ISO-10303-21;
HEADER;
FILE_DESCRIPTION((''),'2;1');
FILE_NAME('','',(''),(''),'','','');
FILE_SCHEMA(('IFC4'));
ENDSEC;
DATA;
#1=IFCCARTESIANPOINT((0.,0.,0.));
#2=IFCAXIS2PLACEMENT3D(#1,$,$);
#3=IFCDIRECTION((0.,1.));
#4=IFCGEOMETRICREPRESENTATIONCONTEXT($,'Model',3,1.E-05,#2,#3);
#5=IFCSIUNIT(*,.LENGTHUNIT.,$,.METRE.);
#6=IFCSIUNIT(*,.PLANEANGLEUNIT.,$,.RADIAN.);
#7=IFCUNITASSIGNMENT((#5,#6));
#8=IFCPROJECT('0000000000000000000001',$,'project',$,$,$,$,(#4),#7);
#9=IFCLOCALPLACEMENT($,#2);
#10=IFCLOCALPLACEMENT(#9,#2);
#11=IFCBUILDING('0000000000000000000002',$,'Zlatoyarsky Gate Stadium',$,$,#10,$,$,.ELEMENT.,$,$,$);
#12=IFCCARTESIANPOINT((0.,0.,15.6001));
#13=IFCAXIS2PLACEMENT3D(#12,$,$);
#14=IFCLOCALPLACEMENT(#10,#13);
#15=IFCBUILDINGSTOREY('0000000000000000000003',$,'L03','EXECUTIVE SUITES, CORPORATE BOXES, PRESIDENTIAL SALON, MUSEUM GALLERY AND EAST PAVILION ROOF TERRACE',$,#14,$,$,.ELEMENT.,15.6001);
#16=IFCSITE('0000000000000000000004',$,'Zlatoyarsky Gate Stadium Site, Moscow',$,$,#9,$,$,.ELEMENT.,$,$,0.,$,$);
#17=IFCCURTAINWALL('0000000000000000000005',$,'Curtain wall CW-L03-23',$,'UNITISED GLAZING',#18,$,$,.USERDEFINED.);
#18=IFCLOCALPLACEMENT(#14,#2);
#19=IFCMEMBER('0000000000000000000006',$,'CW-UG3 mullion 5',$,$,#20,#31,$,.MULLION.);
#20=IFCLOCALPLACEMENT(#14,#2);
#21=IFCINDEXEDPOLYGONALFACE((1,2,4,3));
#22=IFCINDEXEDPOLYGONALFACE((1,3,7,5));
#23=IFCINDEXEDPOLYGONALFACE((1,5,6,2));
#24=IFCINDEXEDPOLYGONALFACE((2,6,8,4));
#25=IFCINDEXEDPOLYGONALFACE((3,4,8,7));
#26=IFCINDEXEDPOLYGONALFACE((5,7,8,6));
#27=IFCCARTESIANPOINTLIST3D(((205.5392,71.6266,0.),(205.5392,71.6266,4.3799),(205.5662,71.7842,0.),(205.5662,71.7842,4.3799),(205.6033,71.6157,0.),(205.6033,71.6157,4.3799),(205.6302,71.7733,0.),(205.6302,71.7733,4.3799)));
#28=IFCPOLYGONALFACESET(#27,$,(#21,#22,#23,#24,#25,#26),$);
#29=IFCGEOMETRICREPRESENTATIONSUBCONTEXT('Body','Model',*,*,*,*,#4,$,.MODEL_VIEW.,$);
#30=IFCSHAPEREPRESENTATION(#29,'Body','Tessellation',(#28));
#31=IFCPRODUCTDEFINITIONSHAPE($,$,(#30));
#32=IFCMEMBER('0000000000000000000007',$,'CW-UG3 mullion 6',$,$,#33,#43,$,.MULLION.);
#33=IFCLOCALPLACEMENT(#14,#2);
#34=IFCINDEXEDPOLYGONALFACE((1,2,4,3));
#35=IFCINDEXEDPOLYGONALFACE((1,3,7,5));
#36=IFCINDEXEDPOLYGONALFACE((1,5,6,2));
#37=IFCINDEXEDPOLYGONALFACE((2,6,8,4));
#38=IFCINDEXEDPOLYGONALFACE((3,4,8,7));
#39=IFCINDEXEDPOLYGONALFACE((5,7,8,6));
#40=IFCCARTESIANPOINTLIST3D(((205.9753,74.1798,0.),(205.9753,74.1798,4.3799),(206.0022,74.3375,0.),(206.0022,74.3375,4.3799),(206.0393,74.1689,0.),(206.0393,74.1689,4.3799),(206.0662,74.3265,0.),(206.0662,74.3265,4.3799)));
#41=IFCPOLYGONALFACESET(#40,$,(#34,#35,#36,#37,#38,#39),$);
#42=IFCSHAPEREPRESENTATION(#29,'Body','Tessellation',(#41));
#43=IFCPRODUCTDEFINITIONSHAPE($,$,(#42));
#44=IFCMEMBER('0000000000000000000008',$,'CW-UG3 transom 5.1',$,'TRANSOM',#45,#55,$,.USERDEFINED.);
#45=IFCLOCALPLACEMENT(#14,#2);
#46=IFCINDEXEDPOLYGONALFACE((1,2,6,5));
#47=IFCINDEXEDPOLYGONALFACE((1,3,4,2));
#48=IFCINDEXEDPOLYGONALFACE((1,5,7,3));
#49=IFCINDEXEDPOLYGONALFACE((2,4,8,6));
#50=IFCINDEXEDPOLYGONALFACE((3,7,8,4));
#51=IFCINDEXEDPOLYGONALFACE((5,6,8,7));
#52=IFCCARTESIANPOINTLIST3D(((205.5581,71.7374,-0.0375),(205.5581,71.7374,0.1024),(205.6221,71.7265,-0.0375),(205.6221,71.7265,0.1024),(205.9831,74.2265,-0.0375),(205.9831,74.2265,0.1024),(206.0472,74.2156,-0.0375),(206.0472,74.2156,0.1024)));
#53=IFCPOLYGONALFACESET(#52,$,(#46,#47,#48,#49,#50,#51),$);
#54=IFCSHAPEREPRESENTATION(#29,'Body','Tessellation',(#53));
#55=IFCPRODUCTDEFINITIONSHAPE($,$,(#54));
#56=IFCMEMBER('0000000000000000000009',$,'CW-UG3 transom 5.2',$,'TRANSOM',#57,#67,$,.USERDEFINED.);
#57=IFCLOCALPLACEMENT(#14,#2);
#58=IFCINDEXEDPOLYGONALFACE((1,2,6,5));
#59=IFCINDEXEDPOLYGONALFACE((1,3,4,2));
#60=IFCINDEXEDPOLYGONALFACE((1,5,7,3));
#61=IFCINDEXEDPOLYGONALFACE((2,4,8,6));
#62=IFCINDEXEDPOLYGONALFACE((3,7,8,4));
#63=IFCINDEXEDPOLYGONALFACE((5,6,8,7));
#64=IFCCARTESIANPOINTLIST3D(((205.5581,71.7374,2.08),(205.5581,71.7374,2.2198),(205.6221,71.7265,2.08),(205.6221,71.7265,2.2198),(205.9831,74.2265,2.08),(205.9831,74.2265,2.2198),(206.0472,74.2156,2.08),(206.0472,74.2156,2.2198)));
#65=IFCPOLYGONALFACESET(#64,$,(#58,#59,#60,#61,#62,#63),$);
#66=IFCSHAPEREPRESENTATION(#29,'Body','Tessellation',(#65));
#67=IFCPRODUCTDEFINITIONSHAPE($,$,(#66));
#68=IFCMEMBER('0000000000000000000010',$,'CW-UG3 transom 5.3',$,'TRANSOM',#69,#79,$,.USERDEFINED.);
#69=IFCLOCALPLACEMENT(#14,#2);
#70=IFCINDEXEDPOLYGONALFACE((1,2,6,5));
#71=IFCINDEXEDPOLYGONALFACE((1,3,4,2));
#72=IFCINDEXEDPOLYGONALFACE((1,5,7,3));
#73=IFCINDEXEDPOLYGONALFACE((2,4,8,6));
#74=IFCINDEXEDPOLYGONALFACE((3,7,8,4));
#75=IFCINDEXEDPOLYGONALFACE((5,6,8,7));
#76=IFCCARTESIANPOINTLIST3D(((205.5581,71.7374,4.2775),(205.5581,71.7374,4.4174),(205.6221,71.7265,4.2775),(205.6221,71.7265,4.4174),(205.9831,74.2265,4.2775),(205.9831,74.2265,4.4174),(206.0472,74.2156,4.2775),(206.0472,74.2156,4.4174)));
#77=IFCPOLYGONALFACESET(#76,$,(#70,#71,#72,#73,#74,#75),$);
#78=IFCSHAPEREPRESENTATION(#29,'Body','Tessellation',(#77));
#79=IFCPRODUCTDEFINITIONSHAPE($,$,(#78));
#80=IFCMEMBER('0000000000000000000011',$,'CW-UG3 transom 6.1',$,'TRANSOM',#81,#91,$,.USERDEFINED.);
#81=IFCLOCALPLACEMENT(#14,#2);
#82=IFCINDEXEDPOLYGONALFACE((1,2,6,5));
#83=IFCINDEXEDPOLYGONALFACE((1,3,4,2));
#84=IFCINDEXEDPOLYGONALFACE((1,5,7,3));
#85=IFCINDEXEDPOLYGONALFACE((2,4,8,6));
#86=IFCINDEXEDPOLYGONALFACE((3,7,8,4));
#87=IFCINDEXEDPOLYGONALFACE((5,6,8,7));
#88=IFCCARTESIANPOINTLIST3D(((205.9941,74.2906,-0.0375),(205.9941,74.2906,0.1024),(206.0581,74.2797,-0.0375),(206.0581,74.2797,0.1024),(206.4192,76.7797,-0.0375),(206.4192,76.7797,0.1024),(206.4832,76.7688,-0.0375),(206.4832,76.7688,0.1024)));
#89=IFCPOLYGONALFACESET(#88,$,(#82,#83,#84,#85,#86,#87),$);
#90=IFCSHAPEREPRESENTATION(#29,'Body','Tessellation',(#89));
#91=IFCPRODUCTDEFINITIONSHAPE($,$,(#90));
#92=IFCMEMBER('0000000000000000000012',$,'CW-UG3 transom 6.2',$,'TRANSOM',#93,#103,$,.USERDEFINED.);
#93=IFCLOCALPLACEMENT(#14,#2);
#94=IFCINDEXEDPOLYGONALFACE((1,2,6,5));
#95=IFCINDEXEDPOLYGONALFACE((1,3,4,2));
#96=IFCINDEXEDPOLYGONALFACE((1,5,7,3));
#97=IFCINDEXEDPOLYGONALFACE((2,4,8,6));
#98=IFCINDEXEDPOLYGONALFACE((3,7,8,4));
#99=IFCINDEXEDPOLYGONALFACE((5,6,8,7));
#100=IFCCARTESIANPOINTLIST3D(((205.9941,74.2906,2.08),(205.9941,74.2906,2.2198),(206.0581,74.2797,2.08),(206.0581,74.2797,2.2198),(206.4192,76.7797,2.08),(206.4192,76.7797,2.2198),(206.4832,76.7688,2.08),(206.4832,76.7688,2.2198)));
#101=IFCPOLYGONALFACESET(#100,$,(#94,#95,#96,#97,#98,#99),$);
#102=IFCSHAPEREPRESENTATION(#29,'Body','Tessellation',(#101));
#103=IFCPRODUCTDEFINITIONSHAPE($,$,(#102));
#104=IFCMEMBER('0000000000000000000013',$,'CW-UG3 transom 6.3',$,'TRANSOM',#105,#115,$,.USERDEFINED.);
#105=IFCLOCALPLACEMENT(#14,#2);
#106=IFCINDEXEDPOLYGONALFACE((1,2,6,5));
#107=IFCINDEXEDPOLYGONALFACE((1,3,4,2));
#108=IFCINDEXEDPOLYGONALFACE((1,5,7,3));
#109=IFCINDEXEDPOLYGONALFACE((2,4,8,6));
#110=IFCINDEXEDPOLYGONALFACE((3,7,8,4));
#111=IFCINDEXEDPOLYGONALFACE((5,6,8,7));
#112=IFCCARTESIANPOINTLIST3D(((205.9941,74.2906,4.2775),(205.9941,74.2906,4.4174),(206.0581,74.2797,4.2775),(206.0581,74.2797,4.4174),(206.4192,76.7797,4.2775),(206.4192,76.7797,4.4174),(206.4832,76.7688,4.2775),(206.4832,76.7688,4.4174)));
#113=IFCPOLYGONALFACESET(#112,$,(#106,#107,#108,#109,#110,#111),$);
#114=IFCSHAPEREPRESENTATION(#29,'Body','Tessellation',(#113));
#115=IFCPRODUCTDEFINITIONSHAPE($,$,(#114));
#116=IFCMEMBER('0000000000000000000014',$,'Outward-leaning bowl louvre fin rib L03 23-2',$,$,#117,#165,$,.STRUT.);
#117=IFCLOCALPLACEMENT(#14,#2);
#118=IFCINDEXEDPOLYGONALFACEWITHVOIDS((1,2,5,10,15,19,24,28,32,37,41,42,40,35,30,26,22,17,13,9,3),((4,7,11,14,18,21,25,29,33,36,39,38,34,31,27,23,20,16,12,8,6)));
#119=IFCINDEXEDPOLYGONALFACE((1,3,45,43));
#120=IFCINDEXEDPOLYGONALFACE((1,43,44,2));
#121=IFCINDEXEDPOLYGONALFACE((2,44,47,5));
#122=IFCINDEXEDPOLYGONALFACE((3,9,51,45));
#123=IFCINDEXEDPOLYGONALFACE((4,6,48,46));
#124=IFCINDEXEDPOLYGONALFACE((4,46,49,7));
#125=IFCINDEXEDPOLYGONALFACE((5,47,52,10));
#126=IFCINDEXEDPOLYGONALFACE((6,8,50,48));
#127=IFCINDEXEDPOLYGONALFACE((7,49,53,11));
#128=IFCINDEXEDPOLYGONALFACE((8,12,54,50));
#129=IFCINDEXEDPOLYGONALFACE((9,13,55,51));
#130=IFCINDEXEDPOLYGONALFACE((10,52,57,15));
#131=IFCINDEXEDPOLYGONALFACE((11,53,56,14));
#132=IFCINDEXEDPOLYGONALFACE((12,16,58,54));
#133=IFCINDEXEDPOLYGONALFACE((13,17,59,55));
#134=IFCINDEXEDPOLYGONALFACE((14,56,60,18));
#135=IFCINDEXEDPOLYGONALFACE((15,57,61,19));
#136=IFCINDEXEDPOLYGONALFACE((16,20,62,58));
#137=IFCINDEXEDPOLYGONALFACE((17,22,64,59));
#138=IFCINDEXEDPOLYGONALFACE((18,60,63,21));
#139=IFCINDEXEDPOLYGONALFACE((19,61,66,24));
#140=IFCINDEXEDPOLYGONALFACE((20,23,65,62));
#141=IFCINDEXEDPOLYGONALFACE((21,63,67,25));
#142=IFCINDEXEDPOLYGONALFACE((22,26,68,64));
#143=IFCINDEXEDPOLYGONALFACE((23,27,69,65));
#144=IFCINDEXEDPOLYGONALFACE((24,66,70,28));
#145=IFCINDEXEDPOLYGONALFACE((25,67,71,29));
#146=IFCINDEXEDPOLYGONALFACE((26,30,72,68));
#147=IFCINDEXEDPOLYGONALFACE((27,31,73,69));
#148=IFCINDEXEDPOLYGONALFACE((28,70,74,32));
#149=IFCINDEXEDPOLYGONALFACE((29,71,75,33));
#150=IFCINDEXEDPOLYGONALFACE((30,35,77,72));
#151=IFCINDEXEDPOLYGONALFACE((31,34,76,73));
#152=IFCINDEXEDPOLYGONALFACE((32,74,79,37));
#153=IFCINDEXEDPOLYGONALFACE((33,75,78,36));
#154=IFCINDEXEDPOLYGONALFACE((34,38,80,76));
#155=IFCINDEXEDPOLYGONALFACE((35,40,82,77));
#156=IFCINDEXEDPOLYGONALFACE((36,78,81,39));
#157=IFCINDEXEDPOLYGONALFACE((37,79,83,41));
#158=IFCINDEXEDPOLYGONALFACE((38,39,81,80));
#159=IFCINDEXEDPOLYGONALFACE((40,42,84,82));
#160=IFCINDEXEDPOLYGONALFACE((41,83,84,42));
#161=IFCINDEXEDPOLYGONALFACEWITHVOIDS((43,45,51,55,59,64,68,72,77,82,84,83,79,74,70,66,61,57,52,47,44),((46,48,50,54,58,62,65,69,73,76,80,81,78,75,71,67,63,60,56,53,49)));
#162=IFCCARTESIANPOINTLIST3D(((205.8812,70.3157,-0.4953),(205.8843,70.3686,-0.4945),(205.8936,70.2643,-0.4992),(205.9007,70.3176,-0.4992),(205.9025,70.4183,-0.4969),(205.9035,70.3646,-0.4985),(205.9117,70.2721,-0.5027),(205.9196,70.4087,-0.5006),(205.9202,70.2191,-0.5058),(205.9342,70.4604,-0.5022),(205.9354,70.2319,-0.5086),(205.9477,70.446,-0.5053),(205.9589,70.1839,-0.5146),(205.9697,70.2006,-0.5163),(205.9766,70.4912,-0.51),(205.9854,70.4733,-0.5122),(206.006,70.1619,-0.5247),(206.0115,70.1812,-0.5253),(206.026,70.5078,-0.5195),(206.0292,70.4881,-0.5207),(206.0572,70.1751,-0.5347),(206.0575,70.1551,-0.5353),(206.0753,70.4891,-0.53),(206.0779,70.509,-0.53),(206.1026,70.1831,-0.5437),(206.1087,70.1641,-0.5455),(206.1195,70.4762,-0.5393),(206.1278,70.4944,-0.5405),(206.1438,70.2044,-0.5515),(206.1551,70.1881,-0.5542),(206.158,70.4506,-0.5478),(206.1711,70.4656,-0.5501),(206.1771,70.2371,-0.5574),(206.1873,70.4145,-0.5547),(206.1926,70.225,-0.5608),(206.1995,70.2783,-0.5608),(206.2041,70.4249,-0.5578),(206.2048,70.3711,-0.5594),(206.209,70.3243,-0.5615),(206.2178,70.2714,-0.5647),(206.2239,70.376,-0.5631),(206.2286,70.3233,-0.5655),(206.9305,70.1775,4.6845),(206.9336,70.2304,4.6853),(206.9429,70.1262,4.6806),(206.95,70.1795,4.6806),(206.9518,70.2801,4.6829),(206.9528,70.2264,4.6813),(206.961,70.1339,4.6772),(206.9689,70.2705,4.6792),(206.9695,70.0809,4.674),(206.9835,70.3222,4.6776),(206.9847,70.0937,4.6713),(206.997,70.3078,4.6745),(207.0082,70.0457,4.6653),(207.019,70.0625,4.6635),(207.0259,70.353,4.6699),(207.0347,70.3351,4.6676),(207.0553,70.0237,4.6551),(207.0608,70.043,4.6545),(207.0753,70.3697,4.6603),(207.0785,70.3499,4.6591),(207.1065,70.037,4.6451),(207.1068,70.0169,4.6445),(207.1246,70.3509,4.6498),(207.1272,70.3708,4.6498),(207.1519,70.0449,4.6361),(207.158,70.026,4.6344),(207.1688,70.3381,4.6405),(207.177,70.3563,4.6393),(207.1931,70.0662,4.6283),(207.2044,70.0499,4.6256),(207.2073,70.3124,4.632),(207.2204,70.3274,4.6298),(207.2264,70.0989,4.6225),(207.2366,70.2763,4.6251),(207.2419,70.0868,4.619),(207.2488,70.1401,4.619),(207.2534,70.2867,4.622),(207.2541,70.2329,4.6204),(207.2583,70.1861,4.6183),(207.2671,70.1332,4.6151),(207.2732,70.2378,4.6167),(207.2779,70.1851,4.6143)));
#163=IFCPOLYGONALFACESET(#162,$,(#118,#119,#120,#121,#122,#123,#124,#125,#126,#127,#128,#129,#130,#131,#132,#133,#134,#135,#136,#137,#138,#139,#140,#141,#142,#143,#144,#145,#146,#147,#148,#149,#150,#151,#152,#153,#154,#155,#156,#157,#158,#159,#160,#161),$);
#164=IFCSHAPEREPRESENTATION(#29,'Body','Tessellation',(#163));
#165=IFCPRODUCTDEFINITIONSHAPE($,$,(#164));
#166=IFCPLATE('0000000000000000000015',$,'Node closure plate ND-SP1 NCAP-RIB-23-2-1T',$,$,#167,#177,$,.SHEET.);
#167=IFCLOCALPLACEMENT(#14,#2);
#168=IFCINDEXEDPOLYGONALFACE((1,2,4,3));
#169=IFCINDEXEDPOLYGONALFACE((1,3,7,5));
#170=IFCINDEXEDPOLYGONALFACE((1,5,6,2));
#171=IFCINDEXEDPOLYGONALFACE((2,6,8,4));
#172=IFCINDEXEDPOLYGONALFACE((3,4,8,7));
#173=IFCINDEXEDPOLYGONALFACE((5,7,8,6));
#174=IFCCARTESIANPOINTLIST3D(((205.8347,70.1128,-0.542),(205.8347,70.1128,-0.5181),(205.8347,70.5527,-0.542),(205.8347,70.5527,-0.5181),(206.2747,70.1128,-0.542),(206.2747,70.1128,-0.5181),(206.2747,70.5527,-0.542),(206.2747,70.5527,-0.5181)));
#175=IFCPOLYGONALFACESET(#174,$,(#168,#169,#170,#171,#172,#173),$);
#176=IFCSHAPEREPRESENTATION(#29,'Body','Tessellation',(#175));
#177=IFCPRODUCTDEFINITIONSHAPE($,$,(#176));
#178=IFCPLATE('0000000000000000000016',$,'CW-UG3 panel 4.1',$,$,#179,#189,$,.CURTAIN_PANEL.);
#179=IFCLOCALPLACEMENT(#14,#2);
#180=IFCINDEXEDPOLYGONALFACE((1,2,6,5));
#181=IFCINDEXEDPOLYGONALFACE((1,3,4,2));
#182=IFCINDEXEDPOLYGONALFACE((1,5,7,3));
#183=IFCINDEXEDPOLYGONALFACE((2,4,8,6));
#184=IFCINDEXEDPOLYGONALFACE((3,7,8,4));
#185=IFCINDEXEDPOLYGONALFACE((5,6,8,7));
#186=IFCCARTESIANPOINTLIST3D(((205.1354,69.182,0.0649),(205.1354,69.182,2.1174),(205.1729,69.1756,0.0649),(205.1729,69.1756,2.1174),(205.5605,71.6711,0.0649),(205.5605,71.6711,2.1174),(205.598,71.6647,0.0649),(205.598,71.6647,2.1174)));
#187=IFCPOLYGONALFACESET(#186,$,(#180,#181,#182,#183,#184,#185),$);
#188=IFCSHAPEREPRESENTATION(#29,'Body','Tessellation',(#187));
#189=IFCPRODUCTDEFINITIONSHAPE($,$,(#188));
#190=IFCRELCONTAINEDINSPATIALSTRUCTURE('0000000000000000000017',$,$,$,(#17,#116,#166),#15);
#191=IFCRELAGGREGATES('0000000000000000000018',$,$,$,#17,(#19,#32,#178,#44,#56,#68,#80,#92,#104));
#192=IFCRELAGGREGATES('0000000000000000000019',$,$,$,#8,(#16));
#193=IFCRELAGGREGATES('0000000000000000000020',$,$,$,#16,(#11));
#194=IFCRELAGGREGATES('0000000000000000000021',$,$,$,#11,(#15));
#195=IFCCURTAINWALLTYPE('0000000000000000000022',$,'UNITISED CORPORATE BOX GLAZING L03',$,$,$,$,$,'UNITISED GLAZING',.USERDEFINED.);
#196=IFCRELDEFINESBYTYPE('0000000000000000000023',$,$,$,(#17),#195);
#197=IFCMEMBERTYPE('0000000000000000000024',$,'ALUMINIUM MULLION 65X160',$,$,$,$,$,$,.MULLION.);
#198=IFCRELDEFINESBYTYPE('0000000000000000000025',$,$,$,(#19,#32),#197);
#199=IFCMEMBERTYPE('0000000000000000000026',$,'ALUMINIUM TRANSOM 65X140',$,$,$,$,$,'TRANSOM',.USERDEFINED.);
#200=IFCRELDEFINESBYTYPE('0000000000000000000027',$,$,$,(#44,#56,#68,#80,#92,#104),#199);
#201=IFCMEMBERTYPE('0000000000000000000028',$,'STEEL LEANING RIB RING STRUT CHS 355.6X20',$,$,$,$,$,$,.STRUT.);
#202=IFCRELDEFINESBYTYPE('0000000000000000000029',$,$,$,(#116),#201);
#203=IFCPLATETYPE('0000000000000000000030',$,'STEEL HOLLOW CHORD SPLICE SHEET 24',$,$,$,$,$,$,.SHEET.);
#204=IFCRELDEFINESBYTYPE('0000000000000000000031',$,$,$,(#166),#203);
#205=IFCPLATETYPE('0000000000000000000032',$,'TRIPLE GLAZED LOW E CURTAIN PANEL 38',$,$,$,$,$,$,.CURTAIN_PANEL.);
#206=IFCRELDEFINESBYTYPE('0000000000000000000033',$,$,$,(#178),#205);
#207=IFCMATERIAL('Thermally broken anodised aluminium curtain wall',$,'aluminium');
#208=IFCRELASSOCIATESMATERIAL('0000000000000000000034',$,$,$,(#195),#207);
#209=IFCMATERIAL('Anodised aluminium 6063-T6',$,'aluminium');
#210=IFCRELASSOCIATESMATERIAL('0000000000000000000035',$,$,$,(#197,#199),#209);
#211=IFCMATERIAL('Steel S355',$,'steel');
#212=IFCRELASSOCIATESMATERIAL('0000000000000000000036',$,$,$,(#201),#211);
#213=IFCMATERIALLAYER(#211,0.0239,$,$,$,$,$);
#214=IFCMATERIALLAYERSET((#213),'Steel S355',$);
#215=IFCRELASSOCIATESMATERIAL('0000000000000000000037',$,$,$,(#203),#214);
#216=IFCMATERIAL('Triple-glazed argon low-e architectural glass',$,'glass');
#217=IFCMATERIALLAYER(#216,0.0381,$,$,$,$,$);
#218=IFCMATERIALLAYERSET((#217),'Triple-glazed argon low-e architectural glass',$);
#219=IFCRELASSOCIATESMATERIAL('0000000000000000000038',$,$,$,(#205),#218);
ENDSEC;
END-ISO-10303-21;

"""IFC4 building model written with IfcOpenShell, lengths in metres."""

from ifc_helpers import new_model, si_unit, direction, frame, origin, origin_2d, place, context, subcontext, project, spatial, rectangle, hollow_circle, extrude, material, layer, layer_set, material_profile, profile_set, type_object, element, aggregate, save


model = new_model("IFC4")

# Units and contexts
model_context = context("Model", 3, precision=1e-05, world=origin(), true_north=direction((0.0, 1.0)))
body_context = subcontext(model_context, "Body", "Model", "MODEL_VIEW")
ifc_project = project(units=[si_unit("LENGTHUNIT", "METRE"), si_unit("PLANEANGLEUNIT", "RADIAN")], contexts=[model_context])

# Site, building, storey
site_placement = place(None, origin())
site = spatial("IfcSite", under=ifc_project, at=site_placement, Name="Zlatoyarsky Gate Stadium Site, Moscow", CompositionType="ELEMENT", RefElevation=0.0)
building_placement = place(site_placement, origin())
building = spatial("IfcBuilding", under=site, at=building_placement, Name="Zlatoyarsky Gate Stadium", CompositionType="ELEMENT")
storey_placement = place(building_placement, frame((0.0, 0.0, 15.6001)))
storey = spatial("IfcBuildingStorey", under=building, at=storey_placement, Name="L03", Description="EXECUTIVE SUITES, CORPORATE BOXES, PRESIDENTIAL SALON, MUSEUM GALLERY AND EAST PAVILION ROOF TERRACE", CompositionType="ELEMENT", Elevation=15.6001)

# Curtain wall, members
ifc_material_1 = material(Name="Thermally broken anodised aluminium curtain wall", Category="aluminium")
curtain_wall_type = type_object("IfcCurtainWallType", Name="UNITISED CORPORATE BOX GLAZING L03", ElementType="UNITISED GLAZING", PredefinedType="USERDEFINED", material=ifc_material_1)
curtain_wall_placement = place(storey_placement, origin())
curtain_wall = element("IfcCurtainWall", 1, at=curtain_wall_placement, inside=storey, type_object=curtain_wall_type, Name="Curtain wall CW-L03-23", ObjectType="UNITISED GLAZING", PredefinedType="USERDEFINED")
ifc_material_2 = material(Name="Anodised aluminium 6063-T6", Category="aluminium")
ifc_material_profile_1 = material_profile(ifc_material_2, rectangle(XDim=0.0649, YDim=0.1599, at=origin_2d()), Name="ALU 65X160")
ifc_profile_set_1 = profile_set([ifc_material_profile_1], Name="Anodised aluminium 6063-T6")
member_type_1 = type_object("IfcMemberType", Name="ALUMINIUM MULLION 65X160", PredefinedType="MULLION", material=ifc_profile_set_1)
member_1_placement = place(storey_placement, frame((205.5847, 71.7, 0.0), z_axis=(0.0, 0.0, 1.0), x_axis=(-0.985726, 0.168356, 0.0)))
member_1 = element("IfcMember", 2, at=member_1_placement, type_object=member_type_1, Name="CW-UG3 mullion 5", PredefinedType="MULLION", context=body_context, shape_type="SweptSolid", body=[
    extrude(rectangle(XDim=0.0649, YDim=0.1599, at=origin_2d()), origin(), (0.0, 0.0, 1.0), 4.3799),
])
member_2_placement = place(storey_placement, frame((206.0208, 74.2532, 0.0), z_axis=(0.0, 0.0, 1.0), x_axis=(-0.985726, 0.168356, 0.0)))
member_2 = element("IfcMember", 3, at=member_2_placement, type_object=member_type_1, Name="CW-UG3 mullion 6", PredefinedType="MULLION", context=body_context, shape_type="SweptSolid", body=[
    extrude(rectangle(XDim=0.0649, YDim=0.1599, at=origin_2d()), origin(), (0.0, 0.0, 1.0), 4.3799),
])
ifc_material_profile_2 = material_profile(ifc_material_2, rectangle(XDim=0.0649, YDim=0.1399, at=origin_2d()), Name="ALU 65X140")
ifc_profile_set_2 = profile_set([ifc_material_profile_2], Name="Anodised aluminium 6063-T6")
member_type_2 = type_object("IfcMemberType", Name="ALUMINIUM TRANSOM 65X140", ElementType="TRANSOM", PredefinedType="USERDEFINED", material=ifc_profile_set_2)
member_3_placement = place(storey_placement, frame((205.5901, 71.7319, 0.0325), z_axis=(0.168333, 0.98573, 0.0), x_axis=(-0.98573, 0.168333, 0.0)))
member_3 = element("IfcMember", 4, at=member_3_placement, type_object=member_type_2, Name="CW-UG3 transom 5.1", ObjectType="TRANSOM", PredefinedType="USERDEFINED", context=body_context, shape_type="SweptSolid", body=[
    extrude(rectangle(XDim=0.0649, YDim=0.1399, at=origin_2d()), origin(), (0.0, 0.0, 1.0), 2.5251),
])
member_4_placement = place(storey_placement, frame((205.5901, 71.7319, 2.1499), z_axis=(0.168333, 0.98573, 0.0), x_axis=(-0.98573, 0.168333, 0.0)))
member_4 = element("IfcMember", 5, at=member_4_placement, type_object=member_type_2, Name="CW-UG3 transom 5.2", ObjectType="TRANSOM", PredefinedType="USERDEFINED", context=body_context, shape_type="SweptSolid", body=[
    extrude(rectangle(XDim=0.0649, YDim=0.1399, at=origin_2d()), origin(), (0.0, 0.0, 1.0), 2.5251),
])
member_5_placement = place(storey_placement, frame((205.5901, 71.7319, 4.3474), z_axis=(0.168333, 0.98573, 0.0), x_axis=(-0.98573, 0.168333, 0.0)))
member_5 = element("IfcMember", 6, at=member_5_placement, type_object=member_type_2, Name="CW-UG3 transom 5.3", ObjectType="TRANSOM", PredefinedType="USERDEFINED", context=body_context, shape_type="SweptSolid", body=[
    extrude(rectangle(XDim=0.0649, YDim=0.1399, at=origin_2d()), origin(), (0.0, 0.0, 1.0), 2.5251),
])
member_6_placement = place(storey_placement, frame((206.0261, 74.2852, 0.0325), z_axis=(0.168333, 0.98573, 0.0), x_axis=(-0.98573, 0.168333, 0.0)))
member_6 = element("IfcMember", 7, at=member_6_placement, type_object=member_type_2, Name="CW-UG3 transom 6.1", ObjectType="TRANSOM", PredefinedType="USERDEFINED", context=body_context, shape_type="SweptSolid", body=[
    extrude(rectangle(XDim=0.0649, YDim=0.1399, at=origin_2d()), origin(), (0.0, 0.0, 1.0), 2.5251),
])
member_7_placement = place(storey_placement, frame((206.0261, 74.2852, 2.1499), z_axis=(0.168333, 0.98573, 0.0), x_axis=(-0.98573, 0.168333, 0.0)))
member_7 = element("IfcMember", 8, at=member_7_placement, type_object=member_type_2, Name="CW-UG3 transom 6.2", ObjectType="TRANSOM", PredefinedType="USERDEFINED", context=body_context, shape_type="SweptSolid", body=[
    extrude(rectangle(XDim=0.0649, YDim=0.1399, at=origin_2d()), origin(), (0.0, 0.0, 1.0), 2.5251),
])
member_8_placement = place(storey_placement, frame((206.0261, 74.2852, 4.3474), z_axis=(0.168333, 0.98573, 0.0), x_axis=(-0.98573, 0.168333, 0.0)))
member_8 = element("IfcMember", 9, at=member_8_placement, type_object=member_type_2, Name="CW-UG3 transom 6.3", ObjectType="TRANSOM", PredefinedType="USERDEFINED", context=body_context, shape_type="SweptSolid", body=[
    extrude(rectangle(XDim=0.0649, YDim=0.1399, at=origin_2d()), origin(), (0.0, 0.0, 1.0), 2.5251),
])

# Member
ifc_material_3 = material(Name="Steel S355", Category="steel")
ifc_material_profile_3 = material_profile(ifc_material_3, hollow_circle(Radius=0.1777, WallThickness=0.02, at=origin_2d()), Name="CHS 355.6X20")
ifc_profile_set_3 = profile_set([ifc_material_profile_3], Name="Steel S355")
member_type_3 = type_object("IfcMemberType", Name="STEEL LEANING RIB RING STRUT CHS 355.6X20", PredefinedType="STRUT", material=ifc_profile_set_3)
member_9_placement = place(storey_placement, frame((206.0547, 70.3328, -0.53), z_axis=(0.198473, -0.026137, 0.979758), x_axis=(0.130562, 0.99144, 0.0)))
element("IfcMember", 10, at=member_9_placement, inside=storey, type_object=member_type_3, Name="Outward-leaning bowl louvre fin rib L03 23-2", PredefinedType="STRUT", context=body_context, shape_type="SweptSolid", body=[
    extrude(hollow_circle(Radius=0.1777, WallThickness=0.02, at=origin_2d()), origin(), (0.0, 0.0, 1.0), 5.2869),
])

# Plates
ifc_layer_1 = layer(ifc_material_3, 0.0239)
ifc_layer_set_1 = layer_set([ifc_layer_1], Name="Steel S355")
plate_type_1 = type_object("IfcPlateType", Name="STEEL HOLLOW CHORD SPLICE SHEET 24", PredefinedType="SHEET", material=ifc_layer_set_1)
plate_1_placement = place(storey_placement, frame((206.0547, 70.3328, -0.542), z_axis=(0.0, 0.0, 1.0), x_axis=(1.0, 0.0, 0.0)))
element("IfcPlate", 11, at=plate_1_placement, inside=storey, type_object=plate_type_1, Name="Node closure plate ND-SP1 NCAP-RIB-23-2-1T", PredefinedType="SHEET", context=body_context, shape_type="SweptSolid", body=[
    extrude(rectangle(XDim=0.4399, YDim=0.4399, at=origin_2d()), origin(), (0.0, 0.0, 1.0), 0.0239),
])
ifc_material_4 = material(Name="Triple-glazed argon low-e architectural glass", Category="glass")
ifc_layer_2 = layer(ifc_material_4, 0.0381)
ifc_layer_set_2 = layer_set([ifc_layer_2], Name="Triple-glazed argon low-e architectural glass")
plate_type_2 = type_object("IfcPlateType", Name="TRIPLE GLAZED LOW E CURTAIN PANEL 38", PredefinedType="CURTAIN_PANEL", material=ifc_layer_set_2)
plate_2_placement = place(storey_placement, frame((205.3667, 70.4233, 0.0649), z_axis=(0.0, 0.0, 1.0), x_axis=(0.168356, 0.985726, 0.0)))
plate_2 = element("IfcPlate", 12, at=plate_2_placement, type_object=plate_type_2, Name="CW-UG3 panel 4.1", PredefinedType="CURTAIN_PANEL", context=body_context, shape_type="SweptSolid", body=[
    extrude(rectangle(XDim=2.5251, YDim=0.0381, at=origin_2d()), origin(), (0.0, 0.0, 1.0), 2.0525),
])
aggregate(curtain_wall, [member_1, member_2, plate_2, member_3, member_4, member_5, member_6, member_7, member_8])

save(model, "model.ifc")
